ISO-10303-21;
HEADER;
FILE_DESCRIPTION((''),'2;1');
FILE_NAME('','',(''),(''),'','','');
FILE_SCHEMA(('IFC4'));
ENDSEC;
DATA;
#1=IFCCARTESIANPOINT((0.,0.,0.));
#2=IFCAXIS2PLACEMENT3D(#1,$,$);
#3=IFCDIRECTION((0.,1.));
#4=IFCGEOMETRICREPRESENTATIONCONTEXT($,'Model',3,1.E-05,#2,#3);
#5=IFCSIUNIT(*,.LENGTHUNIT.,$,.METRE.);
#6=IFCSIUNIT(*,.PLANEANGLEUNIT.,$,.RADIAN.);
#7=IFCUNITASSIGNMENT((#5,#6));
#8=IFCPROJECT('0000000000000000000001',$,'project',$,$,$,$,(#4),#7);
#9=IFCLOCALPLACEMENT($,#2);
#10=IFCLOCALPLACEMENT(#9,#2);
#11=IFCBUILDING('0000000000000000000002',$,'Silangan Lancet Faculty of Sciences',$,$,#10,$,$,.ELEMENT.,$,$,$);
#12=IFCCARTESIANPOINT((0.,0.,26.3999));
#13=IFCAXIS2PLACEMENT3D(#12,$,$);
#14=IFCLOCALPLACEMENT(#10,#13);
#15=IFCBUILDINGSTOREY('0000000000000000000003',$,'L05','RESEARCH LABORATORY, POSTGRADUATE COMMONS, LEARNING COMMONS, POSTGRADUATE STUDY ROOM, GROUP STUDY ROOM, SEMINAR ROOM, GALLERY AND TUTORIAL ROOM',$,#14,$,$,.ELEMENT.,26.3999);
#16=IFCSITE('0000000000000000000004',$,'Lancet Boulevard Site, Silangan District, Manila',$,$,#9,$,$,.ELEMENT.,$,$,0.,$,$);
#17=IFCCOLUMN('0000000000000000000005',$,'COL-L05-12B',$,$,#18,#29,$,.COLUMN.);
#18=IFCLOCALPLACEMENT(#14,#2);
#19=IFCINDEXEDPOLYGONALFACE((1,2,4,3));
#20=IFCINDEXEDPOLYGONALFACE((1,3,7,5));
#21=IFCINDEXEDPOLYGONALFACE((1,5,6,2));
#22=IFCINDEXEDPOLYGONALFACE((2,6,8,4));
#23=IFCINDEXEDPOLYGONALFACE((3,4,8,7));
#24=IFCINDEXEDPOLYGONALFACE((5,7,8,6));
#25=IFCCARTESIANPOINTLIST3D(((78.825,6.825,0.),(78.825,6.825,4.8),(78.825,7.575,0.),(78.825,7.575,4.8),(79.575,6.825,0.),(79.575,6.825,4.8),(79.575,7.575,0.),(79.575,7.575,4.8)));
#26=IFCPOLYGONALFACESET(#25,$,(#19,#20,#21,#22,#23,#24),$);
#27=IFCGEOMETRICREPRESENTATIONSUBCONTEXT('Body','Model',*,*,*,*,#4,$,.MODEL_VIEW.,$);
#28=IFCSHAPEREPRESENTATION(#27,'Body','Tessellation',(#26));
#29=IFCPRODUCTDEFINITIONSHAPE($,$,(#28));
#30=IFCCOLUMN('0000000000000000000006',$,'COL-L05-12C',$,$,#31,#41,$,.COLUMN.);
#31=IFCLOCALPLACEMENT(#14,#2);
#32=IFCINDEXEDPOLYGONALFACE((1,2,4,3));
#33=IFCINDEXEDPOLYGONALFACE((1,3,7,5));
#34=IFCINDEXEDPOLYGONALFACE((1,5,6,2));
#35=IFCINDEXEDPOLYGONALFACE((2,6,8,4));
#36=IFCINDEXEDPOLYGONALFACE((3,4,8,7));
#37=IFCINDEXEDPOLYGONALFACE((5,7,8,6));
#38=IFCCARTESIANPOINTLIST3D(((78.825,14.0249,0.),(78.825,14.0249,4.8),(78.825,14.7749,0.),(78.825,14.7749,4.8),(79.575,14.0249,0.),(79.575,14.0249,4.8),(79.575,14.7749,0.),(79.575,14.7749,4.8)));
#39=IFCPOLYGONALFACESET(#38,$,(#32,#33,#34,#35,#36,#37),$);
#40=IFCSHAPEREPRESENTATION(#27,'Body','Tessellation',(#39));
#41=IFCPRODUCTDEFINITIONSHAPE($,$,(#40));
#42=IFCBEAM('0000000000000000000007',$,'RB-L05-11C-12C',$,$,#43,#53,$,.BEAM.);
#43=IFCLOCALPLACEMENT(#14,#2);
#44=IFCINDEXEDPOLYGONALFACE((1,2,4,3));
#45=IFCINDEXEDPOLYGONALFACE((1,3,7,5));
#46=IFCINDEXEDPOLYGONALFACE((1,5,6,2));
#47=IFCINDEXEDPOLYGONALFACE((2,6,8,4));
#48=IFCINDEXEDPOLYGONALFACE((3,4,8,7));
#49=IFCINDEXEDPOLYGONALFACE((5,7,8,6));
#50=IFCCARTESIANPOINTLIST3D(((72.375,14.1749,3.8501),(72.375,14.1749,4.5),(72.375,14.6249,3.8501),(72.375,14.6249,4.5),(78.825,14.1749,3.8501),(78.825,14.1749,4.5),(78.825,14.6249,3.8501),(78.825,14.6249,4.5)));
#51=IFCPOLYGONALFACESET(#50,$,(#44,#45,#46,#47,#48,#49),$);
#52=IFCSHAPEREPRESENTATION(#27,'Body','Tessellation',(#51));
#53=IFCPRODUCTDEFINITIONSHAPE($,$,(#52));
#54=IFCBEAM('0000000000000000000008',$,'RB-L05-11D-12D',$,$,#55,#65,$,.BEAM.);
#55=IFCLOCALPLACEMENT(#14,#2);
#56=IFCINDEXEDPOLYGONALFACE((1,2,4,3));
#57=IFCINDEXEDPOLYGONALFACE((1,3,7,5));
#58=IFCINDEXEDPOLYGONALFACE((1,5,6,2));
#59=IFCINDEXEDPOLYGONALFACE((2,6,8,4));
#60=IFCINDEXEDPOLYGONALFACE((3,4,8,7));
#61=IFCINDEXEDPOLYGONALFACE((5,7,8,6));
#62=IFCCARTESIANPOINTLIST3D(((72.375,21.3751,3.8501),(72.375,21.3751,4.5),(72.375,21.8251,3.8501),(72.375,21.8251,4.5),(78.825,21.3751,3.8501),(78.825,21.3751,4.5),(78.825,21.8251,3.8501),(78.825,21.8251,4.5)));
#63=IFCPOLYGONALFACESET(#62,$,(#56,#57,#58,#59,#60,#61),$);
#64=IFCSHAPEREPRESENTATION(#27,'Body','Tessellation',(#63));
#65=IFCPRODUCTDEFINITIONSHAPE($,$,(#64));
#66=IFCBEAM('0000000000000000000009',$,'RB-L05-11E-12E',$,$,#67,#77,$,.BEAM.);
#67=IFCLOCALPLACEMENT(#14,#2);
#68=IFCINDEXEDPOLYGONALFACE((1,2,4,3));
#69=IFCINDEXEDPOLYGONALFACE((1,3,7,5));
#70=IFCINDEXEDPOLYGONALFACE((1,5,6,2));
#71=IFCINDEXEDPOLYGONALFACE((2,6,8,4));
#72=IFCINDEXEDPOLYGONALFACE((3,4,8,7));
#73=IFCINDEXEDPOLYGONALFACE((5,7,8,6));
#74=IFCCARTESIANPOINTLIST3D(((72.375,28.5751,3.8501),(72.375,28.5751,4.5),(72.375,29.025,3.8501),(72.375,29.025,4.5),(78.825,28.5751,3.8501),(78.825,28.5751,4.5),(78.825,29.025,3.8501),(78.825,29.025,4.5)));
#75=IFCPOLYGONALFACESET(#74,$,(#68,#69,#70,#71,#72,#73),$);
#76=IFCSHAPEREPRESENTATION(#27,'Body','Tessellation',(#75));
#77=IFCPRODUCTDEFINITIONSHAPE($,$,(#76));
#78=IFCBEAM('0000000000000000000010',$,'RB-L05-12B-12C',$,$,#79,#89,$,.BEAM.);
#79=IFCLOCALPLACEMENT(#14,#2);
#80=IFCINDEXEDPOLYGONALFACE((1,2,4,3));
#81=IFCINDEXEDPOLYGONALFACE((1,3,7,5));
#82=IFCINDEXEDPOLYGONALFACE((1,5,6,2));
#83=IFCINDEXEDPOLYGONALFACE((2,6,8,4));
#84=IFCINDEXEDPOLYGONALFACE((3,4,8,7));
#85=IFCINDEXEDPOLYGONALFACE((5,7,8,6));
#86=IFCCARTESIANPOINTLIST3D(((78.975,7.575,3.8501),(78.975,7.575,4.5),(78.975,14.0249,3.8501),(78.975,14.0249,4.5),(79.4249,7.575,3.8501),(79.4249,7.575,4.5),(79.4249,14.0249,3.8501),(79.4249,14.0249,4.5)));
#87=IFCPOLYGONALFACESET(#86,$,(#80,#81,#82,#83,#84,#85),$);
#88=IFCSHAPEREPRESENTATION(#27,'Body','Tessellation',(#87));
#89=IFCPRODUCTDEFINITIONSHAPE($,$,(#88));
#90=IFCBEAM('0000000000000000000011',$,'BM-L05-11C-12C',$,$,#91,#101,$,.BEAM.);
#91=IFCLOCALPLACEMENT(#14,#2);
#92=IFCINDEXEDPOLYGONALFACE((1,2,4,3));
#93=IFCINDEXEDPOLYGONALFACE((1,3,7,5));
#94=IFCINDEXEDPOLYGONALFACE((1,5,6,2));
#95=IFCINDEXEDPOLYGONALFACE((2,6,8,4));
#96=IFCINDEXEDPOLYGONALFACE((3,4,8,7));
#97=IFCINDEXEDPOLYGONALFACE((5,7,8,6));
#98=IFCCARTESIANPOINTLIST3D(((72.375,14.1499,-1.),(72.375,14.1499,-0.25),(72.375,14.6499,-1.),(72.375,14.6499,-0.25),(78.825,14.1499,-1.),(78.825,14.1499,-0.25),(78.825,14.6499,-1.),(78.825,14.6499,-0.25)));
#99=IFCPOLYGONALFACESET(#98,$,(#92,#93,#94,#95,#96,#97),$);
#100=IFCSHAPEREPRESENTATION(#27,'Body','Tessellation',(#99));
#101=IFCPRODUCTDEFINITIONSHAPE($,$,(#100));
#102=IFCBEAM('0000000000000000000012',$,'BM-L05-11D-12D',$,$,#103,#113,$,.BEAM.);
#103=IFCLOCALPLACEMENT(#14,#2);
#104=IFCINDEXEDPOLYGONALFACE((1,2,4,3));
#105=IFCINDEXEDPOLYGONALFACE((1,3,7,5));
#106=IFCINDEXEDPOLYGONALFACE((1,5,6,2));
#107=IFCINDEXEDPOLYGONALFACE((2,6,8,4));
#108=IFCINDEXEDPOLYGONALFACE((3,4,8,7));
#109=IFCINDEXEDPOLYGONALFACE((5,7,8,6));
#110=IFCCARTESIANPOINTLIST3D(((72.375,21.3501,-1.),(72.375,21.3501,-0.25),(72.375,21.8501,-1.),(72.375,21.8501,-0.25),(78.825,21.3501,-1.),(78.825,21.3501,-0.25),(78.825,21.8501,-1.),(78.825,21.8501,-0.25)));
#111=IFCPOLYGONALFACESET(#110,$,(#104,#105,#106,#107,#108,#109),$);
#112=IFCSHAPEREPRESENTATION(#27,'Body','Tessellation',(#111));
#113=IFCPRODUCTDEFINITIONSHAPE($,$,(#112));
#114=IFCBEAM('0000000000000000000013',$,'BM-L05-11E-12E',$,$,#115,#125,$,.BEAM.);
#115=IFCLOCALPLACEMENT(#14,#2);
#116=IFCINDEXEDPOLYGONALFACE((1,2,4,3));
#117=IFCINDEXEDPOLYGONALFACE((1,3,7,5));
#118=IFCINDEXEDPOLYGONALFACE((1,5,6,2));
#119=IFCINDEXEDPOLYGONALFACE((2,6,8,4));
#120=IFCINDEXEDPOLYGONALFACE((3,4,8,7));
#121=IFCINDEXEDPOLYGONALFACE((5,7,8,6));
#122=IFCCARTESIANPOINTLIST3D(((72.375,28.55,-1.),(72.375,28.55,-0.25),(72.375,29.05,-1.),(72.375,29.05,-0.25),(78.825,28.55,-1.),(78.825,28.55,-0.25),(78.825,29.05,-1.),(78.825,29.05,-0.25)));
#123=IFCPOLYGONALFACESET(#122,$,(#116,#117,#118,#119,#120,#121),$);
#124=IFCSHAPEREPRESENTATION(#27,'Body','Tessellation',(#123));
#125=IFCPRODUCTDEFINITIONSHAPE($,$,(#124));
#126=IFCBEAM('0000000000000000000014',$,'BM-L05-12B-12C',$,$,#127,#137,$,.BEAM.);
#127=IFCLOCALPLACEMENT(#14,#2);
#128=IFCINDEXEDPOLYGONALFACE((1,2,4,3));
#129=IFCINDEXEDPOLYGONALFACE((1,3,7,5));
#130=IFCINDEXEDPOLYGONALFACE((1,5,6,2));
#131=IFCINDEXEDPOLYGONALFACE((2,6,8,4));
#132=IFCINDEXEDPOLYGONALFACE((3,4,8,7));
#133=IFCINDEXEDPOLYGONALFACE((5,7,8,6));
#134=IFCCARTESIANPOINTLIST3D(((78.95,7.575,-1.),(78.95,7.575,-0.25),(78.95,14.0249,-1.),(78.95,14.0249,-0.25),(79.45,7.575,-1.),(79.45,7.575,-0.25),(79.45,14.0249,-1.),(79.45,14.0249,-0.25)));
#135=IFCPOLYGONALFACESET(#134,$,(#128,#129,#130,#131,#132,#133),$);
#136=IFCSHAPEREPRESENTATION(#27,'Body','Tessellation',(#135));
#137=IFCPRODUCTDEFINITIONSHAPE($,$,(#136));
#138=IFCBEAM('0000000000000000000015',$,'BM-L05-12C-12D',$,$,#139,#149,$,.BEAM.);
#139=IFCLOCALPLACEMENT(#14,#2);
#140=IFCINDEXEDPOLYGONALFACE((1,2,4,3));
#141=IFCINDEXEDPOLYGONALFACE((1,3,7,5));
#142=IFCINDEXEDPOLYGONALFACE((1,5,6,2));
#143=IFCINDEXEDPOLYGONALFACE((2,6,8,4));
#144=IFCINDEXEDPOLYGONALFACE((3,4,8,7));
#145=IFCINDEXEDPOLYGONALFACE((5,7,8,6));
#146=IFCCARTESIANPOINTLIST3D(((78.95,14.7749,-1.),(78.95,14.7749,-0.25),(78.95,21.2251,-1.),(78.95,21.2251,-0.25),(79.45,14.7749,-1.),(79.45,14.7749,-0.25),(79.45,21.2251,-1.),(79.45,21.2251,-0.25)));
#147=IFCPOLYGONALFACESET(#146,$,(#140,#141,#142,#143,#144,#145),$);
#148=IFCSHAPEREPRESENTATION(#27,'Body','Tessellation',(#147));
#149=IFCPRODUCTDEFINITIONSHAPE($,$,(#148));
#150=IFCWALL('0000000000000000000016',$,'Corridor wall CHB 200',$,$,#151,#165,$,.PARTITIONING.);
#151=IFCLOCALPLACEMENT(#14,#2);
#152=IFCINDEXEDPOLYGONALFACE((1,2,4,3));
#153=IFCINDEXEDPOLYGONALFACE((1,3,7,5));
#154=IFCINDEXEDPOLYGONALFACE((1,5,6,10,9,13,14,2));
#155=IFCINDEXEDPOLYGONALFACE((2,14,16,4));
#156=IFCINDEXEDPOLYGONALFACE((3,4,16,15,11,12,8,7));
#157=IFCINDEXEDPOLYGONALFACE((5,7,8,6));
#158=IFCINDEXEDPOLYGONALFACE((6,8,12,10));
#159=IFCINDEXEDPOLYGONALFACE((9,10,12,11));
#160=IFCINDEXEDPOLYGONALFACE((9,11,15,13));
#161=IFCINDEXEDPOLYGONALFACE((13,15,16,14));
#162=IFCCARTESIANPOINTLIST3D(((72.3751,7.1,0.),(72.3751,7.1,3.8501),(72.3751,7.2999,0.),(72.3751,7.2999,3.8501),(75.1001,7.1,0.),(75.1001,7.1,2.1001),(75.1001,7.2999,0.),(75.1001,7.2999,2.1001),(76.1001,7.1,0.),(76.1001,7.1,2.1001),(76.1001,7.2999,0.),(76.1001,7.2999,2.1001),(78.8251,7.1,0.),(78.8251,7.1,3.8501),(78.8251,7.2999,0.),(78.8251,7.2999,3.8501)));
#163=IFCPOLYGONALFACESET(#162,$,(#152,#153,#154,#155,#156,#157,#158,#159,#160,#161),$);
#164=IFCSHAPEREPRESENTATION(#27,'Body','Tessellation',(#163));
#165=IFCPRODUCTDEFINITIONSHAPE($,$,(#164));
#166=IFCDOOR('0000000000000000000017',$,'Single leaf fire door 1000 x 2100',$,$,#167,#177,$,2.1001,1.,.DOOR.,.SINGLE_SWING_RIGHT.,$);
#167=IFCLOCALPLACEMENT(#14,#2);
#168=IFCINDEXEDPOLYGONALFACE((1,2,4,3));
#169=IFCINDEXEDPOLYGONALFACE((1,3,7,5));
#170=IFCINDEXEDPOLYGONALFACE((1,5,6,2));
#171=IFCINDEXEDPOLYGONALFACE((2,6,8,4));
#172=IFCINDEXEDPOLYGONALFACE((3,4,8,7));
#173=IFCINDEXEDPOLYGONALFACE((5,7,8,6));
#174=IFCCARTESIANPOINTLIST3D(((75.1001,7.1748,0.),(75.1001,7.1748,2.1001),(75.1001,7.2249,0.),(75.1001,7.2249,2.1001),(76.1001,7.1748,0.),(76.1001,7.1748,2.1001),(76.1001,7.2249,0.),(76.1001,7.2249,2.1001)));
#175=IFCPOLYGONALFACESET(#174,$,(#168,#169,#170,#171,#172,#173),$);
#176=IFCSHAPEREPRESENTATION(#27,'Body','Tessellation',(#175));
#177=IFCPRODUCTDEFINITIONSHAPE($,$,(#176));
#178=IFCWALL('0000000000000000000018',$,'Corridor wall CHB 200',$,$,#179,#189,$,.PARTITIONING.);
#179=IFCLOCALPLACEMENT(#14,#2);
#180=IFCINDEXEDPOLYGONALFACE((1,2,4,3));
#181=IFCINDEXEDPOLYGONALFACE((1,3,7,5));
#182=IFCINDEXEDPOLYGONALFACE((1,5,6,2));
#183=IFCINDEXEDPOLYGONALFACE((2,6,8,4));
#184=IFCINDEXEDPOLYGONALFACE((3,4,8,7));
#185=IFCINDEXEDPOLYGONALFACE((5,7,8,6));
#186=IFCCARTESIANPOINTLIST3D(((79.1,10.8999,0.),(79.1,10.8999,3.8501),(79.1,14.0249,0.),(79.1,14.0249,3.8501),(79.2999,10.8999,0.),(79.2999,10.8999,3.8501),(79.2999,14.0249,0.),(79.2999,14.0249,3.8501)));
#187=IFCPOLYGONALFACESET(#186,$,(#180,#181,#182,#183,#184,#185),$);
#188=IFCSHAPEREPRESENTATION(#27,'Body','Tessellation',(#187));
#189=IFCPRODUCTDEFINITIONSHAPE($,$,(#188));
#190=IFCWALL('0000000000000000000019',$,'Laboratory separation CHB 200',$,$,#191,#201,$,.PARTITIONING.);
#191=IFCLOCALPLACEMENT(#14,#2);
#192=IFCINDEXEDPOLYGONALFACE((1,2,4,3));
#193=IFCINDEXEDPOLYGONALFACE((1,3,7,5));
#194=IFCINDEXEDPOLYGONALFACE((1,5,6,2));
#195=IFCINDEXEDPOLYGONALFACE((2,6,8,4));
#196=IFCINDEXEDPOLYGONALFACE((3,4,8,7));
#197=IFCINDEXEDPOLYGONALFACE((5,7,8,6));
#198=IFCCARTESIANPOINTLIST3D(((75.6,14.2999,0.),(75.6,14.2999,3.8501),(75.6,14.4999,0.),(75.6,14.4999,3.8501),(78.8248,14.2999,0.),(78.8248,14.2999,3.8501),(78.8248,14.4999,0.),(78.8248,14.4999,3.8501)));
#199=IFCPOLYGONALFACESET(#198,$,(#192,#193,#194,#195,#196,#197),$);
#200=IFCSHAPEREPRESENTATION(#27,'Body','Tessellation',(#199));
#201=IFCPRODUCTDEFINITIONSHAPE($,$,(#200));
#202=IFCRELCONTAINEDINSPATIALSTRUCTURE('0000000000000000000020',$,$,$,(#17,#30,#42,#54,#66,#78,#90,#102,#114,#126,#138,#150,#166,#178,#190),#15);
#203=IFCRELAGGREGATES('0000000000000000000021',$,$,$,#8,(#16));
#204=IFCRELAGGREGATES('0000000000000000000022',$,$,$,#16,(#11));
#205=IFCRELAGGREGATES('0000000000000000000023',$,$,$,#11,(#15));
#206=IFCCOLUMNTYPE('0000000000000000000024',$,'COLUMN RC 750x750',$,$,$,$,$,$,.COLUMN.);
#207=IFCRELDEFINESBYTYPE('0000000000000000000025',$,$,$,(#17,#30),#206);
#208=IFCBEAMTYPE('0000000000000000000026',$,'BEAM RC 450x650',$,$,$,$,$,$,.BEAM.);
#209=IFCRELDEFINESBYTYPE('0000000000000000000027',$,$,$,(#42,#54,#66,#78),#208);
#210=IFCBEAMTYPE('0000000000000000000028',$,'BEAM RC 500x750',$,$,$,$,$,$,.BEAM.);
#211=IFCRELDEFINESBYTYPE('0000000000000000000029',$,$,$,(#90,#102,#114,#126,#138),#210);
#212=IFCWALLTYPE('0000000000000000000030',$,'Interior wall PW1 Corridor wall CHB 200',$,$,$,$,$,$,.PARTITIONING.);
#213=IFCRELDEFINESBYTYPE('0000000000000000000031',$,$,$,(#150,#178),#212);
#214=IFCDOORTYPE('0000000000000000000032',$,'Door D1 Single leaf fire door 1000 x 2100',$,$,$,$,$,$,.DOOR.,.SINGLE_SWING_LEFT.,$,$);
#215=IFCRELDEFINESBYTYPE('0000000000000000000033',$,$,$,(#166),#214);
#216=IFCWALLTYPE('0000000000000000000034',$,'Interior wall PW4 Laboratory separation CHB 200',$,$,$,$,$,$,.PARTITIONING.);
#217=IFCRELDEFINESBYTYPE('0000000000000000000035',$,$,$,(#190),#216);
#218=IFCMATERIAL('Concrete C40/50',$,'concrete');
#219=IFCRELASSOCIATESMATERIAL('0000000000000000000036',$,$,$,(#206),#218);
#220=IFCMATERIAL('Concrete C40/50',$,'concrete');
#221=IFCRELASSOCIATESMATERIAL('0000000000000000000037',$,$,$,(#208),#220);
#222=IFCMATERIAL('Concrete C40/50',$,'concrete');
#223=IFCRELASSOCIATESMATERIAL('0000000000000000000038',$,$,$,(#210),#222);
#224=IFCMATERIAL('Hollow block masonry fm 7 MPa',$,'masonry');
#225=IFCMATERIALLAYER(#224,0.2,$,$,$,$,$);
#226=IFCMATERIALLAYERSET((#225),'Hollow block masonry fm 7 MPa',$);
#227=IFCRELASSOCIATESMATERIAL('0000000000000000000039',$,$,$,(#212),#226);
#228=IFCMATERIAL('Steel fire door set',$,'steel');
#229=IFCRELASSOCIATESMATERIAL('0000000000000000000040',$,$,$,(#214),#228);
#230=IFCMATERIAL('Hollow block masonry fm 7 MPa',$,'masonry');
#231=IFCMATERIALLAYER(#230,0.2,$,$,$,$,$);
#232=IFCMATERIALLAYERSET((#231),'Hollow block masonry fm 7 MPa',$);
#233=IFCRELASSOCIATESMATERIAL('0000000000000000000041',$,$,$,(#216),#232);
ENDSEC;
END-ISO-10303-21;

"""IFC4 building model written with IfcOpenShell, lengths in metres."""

from ifc_helpers import new_model, si_unit, direction, frame, frame_2d, origin, origin_2d, place, context, subcontext, project, spatial, rectangle, extrude, material, layer, layer_set, material_profile, profile_set, type_object, element, fill, save


model = new_model("IFC4")

# Units and contexts
model_context = context("Model", 3, precision=1e-05, world=origin(), true_north=direction((0.0, 1.0)))
body_context = subcontext(model_context, "Body", "Model", "MODEL_VIEW")
ifc_project = project(units=[si_unit("LENGTHUNIT", "METRE"), si_unit("PLANEANGLEUNIT", "RADIAN")], contexts=[model_context])

# Site, building, storey
site_placement = place(None, origin())
site = spatial("IfcSite", under=ifc_project, at=site_placement, Name="Lancet Boulevard Site, Silangan District, Manila", CompositionType="ELEMENT", RefElevation=0.0)
building_placement = place(site_placement, origin())
building = spatial("IfcBuilding", under=site, at=building_placement, Name="Silangan Lancet Faculty of Sciences", CompositionType="ELEMENT")
storey_placement = place(building_placement, frame((0.0, 0.0, 26.3999)))
storey = spatial("IfcBuildingStorey", under=building, at=storey_placement, Name="L05", Description="RESEARCH LABORATORY, POSTGRADUATE COMMONS, LEARNING COMMONS, POSTGRADUATE STUDY ROOM, GROUP STUDY ROOM, SEMINAR ROOM, GALLERY AND TUTORIAL ROOM", CompositionType="ELEMENT", Elevation=26.3999)

# Columns
ifc_material_1 = material(Name="Concrete C40/50", Category="concrete")
ifc_material_profile_1 = material_profile(ifc_material_1, rectangle(XDim=0.75, YDim=0.75, at=origin_2d()), Name="RC 750x750")
ifc_profile_set_1 = profile_set([ifc_material_profile_1], Name="Concrete C40/50")
column_type = type_object("IfcColumnType", Name="COLUMN RC 750x750", PredefinedType="COLUMN", material=ifc_profile_set_1)
for number, where, z_axis, x_axis, name in (
    (1, (79.2, 7.2, 0.0), (0.0, 0.0, 1.0), (1.0, 0.0, 0.0), "COL-L05-12B"),
    (2, (79.2, 14.3999, 0.0), (0.0, 0.0, 1.0), (1.0, 0.0, 0.0), "COL-L05-12C"),
):
    element("IfcColumn", number, at=place(storey_placement, frame(where, z_axis=z_axis, x_axis=x_axis)), inside=storey, type_object=column_type, Name=name, PredefinedType="COLUMN", context=body_context, shape_type="SweptSolid", body=[
        extrude(rectangle(XDim=0.75, YDim=0.75, at=origin_2d()), origin(), (0.0, 0.0, 1.0), 4.8),
    ])

# Beams
ifc_material_2 = material(Name="Concrete C40/50", Category="concrete")
ifc_material_profile_2 = material_profile(ifc_material_2, rectangle(XDim=0.45, YDim=0.6499, at=origin_2d()), Name="RC 450x650")
ifc_profile_set_2 = profile_set([ifc_material_profile_2], Name="Concrete C40/50")
beam_type_1 = type_object("IfcBeamType", Name="BEAM RC 450x650", PredefinedType="BEAM", material=ifc_profile_set_2)
for number, where, z_axis, x_axis, name in (
    (3, (72.375, 14.3999, 4.175), (1.0, 0.0, 0.0), (0.0, 1.0, 0.0), "RB-L05-11C-12C"),
    (4, (72.375, 21.6001, 4.175), (1.0, 0.0, 0.0), (0.0, 1.0, 0.0), "RB-L05-11D-12D"),
    (5, (72.375, 28.8, 4.175), (1.0, 0.0, 0.0), (0.0, 1.0, 0.0), "RB-L05-11E-12E"),
    (6, (79.2, 7.575, 4.175), (0.0, 1.0, 0.0), (-1.0, 0.0, 0.0), "RB-L05-12B-12C"),
):
    element("IfcBeam", number, at=place(storey_placement, frame(where, z_axis=z_axis, x_axis=x_axis)), inside=storey, type_object=beam_type_1, Name=name, PredefinedType="BEAM", context=body_context, shape_type="SweptSolid", body=[
        extrude(rectangle(XDim=0.45, YDim=0.6499, at=origin_2d()), origin(), (0.0, 0.0, 1.0), 6.45),
    ])
ifc_material_3 = material(Name="Concrete C40/50", Category="concrete")
ifc_material_profile_3 = material_profile(ifc_material_3, rectangle(XDim=0.5, YDim=0.75, at=origin_2d()), Name="RC 500x750")
ifc_profile_set_3 = profile_set([ifc_material_profile_3], Name="Concrete C40/50")
beam_type_2 = type_object("IfcBeamType", Name="BEAM RC 500x750", PredefinedType="BEAM", material=ifc_profile_set_3)
for number, where, z_axis, x_axis, name in (
    (7, (72.375, 14.3999, -0.625), (1.0, 0.0, 0.0), (0.0, 1.0, 0.0), "BM-L05-11C-12C"),
    (8, (72.375, 21.6001, -0.625), (1.0, 0.0, 0.0), (0.0, 1.0, 0.0), "BM-L05-11D-12D"),
    (9, (72.375, 28.8, -0.625), (1.0, 0.0, 0.0), (0.0, 1.0, 0.0), "BM-L05-11E-12E"),
    (10, (79.2, 7.575, -0.625), (0.0, 1.0, 0.0), (-1.0, 0.0, 0.0), "BM-L05-12B-12C"),
):
    element("IfcBeam", number, at=place(storey_placement, frame(where, z_axis=z_axis, x_axis=x_axis)), inside=storey, type_object=beam_type_2, Name=name, PredefinedType="BEAM", context=body_context, shape_type="SweptSolid", body=[
        extrude(rectangle(XDim=0.5, YDim=0.75, at=origin_2d()), origin(), (0.0, 0.0, 1.0), 6.45),
    ])
beam_placement = place(storey_placement, frame((79.2, 14.7749, -0.625), z_axis=(0.0, 1.0, 0.0), x_axis=(-1.0, 0.0, 0.0)))
element("IfcBeam", 11, at=beam_placement, inside=storey, type_object=beam_type_2, Name="BM-L05-12C-12D", PredefinedType="BEAM", context=body_context, shape_type="SweptSolid", body=[
    extrude(rectangle(XDim=0.5, YDim=0.75, at=origin_2d()), origin(), (0.0, 0.0, 1.0), 6.4502),
])

# Wall, opening, door
ifc_material_4 = material(Name="Hollow block masonry fm 7 MPa", Category="masonry")
ifc_layer_1 = layer(ifc_material_4, 0.2)
ifc_layer_set_1 = layer_set([ifc_layer_1], Name="Hollow block masonry fm 7 MPa")
wall_type_1 = type_object("IfcWallType", Name="Interior wall PW1 Corridor wall CHB 200", PredefinedType="PARTITIONING", material=ifc_layer_set_1)
wall_1_placement = place(storey_placement, frame((72.375, 7.2, 0.0), z_axis=(0.0, 0.0, 1.0), x_axis=(1.0, 0.0, 0.0)))
wall_1 = element("IfcWall", 12, at=wall_1_placement, inside=storey, type_object=wall_type_1, Name="Corridor wall CHB 200", PredefinedType="PARTITIONING", context=body_context, shape_type="SweptSolid", body=[
    extrude(rectangle(XDim=6.45, YDim=0.2, at=frame_2d((3.2251, 0.0))), origin(), (0.0, 0.0, 1.0), 3.8501),
])
opening_1_placement = place(wall_1_placement, frame((2.7251, 0.0, 0.0)))
opening_1 = element("IfcOpeningElement", 13, at=opening_1_placement, cuts=wall_1, PredefinedType="OPENING", context=body_context, shape_type="SweptSolid", body=[
    extrude(rectangle(XDim=1.0, YDim=2.1001, at=frame_2d((0.5, 1.05))), frame((0.0, 0.1099, 0.0), z_axis=(0.0, -1.0, 0.0), x_axis=(1.0, 0.0, 0.0)), (0.0, 0.0, 1.0), 0.22),
])
ifc_material_5 = material(Name="Steel fire door set", Category="steel")
door_type_1 = type_object("IfcDoorType", Name="Door D1 Single leaf fire door 1000 x 2100", OperationType="SINGLE_SWING_LEFT", PredefinedType="DOOR", material=ifc_material_5)
door_1_placement = place(opening_1_placement, frame((1.0, 0.0, 0.0), z_axis=(0.0, 0.0, 1.0), x_axis=(-1.0, 0.0, 0.0)))
door_1 = element("IfcDoor", 14, at=door_1_placement, inside=storey, type_object=door_type_1, Name="Single leaf fire door 1000 x 2100", OperationType="SINGLE_SWING_RIGHT", OverallHeight=2.1001, OverallWidth=1.0, PredefinedType="DOOR", context=body_context, shape_type="SweptSolid", body=[
    extrude(rectangle(XDim=1.0, YDim=2.1001, at=frame_2d((0.5, 1.05))), frame((0.0, 0.0251, 0.0), z_axis=(0.0, -1.0, 0.0), x_axis=(1.0, 0.0, 0.0)), (0.0, 0.0, 1.0), 0.05),
])
fill(opening_1, door_1)

# Walls
wall_2_placement = place(storey_placement, frame((79.2, 10.8999, 0.0), z_axis=(0.0, 0.0, 1.0), x_axis=(0.0, 1.0, 0.0)))
element("IfcWall", 15, at=wall_2_placement, inside=storey, type_object=wall_type_1, Name="Corridor wall CHB 200", PredefinedType="PARTITIONING", context=body_context, shape_type="SweptSolid", body=[
    extrude(rectangle(XDim=3.125, YDim=0.2, at=frame_2d((1.5625, 0.0))), origin(), (0.0, 0.0, 1.0), 3.8501),
])
ifc_material_6 = material(Name="Hollow block masonry fm 7 MPa", Category="masonry")
ifc_layer_2 = layer(ifc_material_6, 0.2)
ifc_layer_set_2 = layer_set([ifc_layer_2], Name="Hollow block masonry fm 7 MPa")
wall_type_2 = type_object("IfcWallType", Name="Interior wall PW4 Laboratory separation CHB 200", PredefinedType="PARTITIONING", material=ifc_layer_set_2)
wall_3_placement = place(storey_placement, frame((75.6001, 14.3999, 0.0), z_axis=(0.0, 0.0, 1.0), x_axis=(1.0, 0.0, 0.0)))
element("IfcWall", 16, at=wall_3_placement, inside=storey, type_object=wall_type_2, Name="Laboratory separation CHB 200", PredefinedType="PARTITIONING", context=body_context, shape_type="SweptSolid", body=[
    extrude(rectangle(XDim=3.2249, YDim=0.2, at=frame_2d((1.6123, 0.0))), origin(), (0.0, 0.0, 1.0), 3.8501),
])

save(model, "model.ifc")
